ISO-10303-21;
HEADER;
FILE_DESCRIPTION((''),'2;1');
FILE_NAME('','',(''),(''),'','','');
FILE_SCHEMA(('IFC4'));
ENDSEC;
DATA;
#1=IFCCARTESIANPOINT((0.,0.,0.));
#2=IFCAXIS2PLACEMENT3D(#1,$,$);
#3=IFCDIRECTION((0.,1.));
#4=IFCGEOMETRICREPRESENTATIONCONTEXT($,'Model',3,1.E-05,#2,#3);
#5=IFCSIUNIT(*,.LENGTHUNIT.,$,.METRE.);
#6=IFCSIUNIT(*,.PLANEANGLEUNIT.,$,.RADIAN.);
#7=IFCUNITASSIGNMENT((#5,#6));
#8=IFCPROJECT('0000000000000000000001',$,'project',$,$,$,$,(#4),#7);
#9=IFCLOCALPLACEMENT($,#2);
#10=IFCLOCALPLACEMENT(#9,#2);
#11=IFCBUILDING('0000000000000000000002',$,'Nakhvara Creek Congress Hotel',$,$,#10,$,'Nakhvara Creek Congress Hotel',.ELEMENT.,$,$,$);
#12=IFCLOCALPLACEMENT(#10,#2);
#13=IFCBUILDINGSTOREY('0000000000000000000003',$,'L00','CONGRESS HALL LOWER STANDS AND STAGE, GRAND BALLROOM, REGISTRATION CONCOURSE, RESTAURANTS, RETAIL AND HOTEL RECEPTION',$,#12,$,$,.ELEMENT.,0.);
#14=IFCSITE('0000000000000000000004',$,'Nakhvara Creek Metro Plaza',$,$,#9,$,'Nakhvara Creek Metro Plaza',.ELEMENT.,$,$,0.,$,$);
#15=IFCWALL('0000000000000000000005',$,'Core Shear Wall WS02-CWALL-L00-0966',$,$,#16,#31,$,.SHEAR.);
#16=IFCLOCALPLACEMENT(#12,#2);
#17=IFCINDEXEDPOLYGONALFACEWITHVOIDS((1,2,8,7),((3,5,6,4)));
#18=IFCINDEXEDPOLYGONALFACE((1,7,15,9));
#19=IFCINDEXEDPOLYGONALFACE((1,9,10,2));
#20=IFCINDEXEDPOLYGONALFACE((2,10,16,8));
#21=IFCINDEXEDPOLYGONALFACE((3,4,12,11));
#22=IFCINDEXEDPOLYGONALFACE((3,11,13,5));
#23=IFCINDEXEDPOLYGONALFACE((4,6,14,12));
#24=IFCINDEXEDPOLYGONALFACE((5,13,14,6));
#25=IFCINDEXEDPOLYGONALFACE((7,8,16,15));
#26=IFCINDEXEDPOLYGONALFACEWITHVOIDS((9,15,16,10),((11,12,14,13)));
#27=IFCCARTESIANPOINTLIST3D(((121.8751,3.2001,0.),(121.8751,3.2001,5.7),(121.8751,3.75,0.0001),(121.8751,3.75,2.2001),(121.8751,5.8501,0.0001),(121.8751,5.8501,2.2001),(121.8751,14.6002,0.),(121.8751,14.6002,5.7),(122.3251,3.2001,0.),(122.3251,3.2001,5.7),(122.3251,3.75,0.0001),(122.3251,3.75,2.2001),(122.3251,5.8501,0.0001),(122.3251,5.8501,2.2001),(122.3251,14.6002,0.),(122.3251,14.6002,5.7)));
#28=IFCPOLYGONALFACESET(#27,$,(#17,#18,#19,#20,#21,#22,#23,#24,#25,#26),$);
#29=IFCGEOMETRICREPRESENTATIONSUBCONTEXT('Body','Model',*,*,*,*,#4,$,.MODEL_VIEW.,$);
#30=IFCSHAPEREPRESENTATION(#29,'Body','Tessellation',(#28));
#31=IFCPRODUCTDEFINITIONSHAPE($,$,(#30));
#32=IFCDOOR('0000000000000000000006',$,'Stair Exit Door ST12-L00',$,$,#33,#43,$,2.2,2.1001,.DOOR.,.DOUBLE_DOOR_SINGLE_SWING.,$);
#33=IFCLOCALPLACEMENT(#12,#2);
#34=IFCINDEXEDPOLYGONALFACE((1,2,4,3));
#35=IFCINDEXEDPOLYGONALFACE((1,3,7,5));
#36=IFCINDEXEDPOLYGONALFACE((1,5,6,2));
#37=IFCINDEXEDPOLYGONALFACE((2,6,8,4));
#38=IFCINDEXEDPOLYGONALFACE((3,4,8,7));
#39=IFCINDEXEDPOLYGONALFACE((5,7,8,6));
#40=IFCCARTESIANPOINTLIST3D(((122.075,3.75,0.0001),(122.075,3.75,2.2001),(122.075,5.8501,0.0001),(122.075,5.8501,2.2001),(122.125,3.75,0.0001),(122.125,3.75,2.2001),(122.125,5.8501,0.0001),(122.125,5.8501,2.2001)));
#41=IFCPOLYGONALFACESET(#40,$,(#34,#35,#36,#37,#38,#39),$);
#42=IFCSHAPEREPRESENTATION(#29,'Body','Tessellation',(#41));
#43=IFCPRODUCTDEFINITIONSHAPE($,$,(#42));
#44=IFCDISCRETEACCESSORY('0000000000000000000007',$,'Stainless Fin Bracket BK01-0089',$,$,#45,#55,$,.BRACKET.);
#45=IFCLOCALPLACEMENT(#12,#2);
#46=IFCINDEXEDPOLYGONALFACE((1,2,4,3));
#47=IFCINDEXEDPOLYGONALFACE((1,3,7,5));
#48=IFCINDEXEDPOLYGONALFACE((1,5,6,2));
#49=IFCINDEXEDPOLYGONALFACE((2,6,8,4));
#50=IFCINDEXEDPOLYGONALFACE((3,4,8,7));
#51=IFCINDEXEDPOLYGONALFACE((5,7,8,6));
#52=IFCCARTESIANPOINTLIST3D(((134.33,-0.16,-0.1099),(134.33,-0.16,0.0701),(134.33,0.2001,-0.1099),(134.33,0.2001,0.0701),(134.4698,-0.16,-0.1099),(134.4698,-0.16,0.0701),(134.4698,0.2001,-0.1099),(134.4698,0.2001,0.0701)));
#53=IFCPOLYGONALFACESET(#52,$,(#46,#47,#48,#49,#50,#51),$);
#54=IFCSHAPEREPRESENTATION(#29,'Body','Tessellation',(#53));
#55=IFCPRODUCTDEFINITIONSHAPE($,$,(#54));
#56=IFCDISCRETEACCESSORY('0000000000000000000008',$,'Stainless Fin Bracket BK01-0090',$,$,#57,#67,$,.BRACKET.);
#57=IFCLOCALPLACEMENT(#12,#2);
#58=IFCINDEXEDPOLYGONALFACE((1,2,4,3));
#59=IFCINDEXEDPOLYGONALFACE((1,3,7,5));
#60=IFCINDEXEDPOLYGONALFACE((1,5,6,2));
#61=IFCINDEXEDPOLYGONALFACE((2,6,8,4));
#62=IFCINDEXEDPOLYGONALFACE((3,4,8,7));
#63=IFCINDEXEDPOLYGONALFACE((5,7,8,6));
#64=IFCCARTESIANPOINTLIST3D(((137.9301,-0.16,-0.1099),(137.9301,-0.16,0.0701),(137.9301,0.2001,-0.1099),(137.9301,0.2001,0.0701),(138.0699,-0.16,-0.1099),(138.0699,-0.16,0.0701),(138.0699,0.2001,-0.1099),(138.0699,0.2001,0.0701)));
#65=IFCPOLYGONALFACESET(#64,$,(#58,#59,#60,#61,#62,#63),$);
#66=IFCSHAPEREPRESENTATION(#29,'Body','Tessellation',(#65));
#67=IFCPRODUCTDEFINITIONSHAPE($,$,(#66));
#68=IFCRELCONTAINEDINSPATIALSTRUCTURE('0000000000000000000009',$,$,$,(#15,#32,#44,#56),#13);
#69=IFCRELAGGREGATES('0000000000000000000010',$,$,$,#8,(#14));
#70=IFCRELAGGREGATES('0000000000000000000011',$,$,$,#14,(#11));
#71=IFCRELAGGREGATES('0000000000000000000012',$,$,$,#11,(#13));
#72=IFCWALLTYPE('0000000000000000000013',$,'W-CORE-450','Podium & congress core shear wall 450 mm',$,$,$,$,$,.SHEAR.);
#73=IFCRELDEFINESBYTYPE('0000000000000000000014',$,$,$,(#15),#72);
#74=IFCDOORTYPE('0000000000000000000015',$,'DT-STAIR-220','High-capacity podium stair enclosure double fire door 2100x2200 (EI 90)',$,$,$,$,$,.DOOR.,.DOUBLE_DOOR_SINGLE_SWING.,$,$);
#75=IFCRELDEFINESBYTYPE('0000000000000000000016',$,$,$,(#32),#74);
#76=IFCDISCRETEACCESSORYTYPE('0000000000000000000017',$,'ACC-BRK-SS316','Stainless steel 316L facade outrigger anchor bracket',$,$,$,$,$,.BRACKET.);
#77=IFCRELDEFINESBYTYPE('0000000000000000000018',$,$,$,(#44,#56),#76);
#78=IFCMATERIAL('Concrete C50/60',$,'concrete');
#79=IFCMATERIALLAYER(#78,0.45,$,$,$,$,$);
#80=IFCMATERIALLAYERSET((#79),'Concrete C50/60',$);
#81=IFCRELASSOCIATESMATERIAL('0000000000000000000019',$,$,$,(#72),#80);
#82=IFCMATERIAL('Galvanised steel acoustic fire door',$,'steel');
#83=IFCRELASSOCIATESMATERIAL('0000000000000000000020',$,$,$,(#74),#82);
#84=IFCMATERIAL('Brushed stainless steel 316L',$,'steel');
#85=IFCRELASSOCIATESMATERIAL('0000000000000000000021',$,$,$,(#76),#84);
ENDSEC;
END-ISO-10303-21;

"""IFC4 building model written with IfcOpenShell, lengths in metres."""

from ifc_helpers import new_model, si_unit, direction, frame, frame_2d, origin, origin_2d, place, context, subcontext, project, spatial, rectangle, extrude, material, layer, layer_set, type_object, element, fill, save


model = new_model("IFC4")

# Units and contexts
model_context = context("Model", 3, precision=1e-05, world=origin(), true_north=direction((0.0, 1.0)))
body_context = subcontext(model_context, "Body", "Model", "MODEL_VIEW")
ifc_project = project(units=[si_unit("LENGTHUNIT", "METRE"), si_unit("PLANEANGLEUNIT", "RADIAN")], contexts=[model_context])

# Site, building, storey
site_placement = place(None, origin())
site = spatial("IfcSite", under=ifc_project, at=site_placement, Name="Nakhvara Creek Metro Plaza", LongName="Nakhvara Creek Metro Plaza", CompositionType="ELEMENT", RefElevation=0.0)
building_placement = place(site_placement, origin())
building = spatial("IfcBuilding", under=site, at=building_placement, Name="Nakhvara Creek Congress Hotel", LongName="Nakhvara Creek Congress Hotel", CompositionType="ELEMENT")
storey_placement = place(building_placement, origin())
storey = spatial("IfcBuildingStorey", under=building, at=storey_placement, Name="L00", Description="CONGRESS HALL LOWER STANDS AND STAGE, GRAND BALLROOM, REGISTRATION CONCOURSE, RESTAURANTS, RETAIL AND HOTEL RECEPTION", CompositionType="ELEMENT", Elevation=0.0)

# Shared definitions
ifc_material_1 = material(Name="Concrete C50/60", Category="concrete")

# Wall, opening, door
ifc_layer_1 = layer(ifc_material_1, 0.45)
ifc_layer_set_1 = layer_set([ifc_layer_1], Name="Concrete C50/60")
wall_type_1 = type_object("IfcWallType", Name="W-CORE-450", Description="Podium & congress core shear wall 450 mm", PredefinedType="SHEAR", material=ifc_layer_set_1)
wall_1_placement = place(storey_placement, frame((122.1001, 3.2, 0.0), z_axis=(0.0, 0.0, 1.0), x_axis=(0.0, 1.0, 0.0)))
wall_1 = element("IfcWall", 1, at=wall_1_placement, inside=storey, type_object=wall_type_1, Name="Core Shear Wall WS02-CWALL-L00-0966", PredefinedType="SHEAR", context=body_context, shape_type="SweptSolid", body=[
    extrude(rectangle(XDim=11.4001, YDim=0.45, at=frame_2d((5.7002, 0.0))), origin(), (0.0, 0.0, 1.0), 5.7),
])
opening_1_placement = place(wall_1_placement, frame((0.55, 0.0, 0.0)))
opening_1 = element("IfcOpeningElement", 2, at=opening_1_placement, cuts=wall_1, PredefinedType="OPENING", context=body_context, shape_type="SweptSolid", body=[
    extrude(rectangle(XDim=2.1001, YDim=2.2, at=frame_2d((1.05, 1.1001))), frame((0.0, 0.2368, 0.0), z_axis=(0.0, -1.0, 0.0), x_axis=(1.0, 0.0, 0.0)), (0.0, 0.0, 1.0), 0.4739),
])
ifc_material_2 = material(Name="Galvanised steel acoustic fire door", Category="steel")
door_type_1 = type_object("IfcDoorType", Name="DT-STAIR-220", Description="High-capacity podium stair enclosure double fire door 2100x2200 (EI 90)", OperationType="DOUBLE_DOOR_SINGLE_SWING", PredefinedType="DOOR", material=ifc_material_2)
door_1_placement = place(opening_1_placement, frame((2.1001, 0.0, 0.0), z_axis=(0.0, 0.0, 1.0), x_axis=(-1.0, 0.0, 0.0)))
door_1 = element("IfcDoor", 3, at=door_1_placement, inside=storey, type_object=door_type_1, Name="Stair Exit Door ST12-L00", OperationType="DOUBLE_DOOR_SINGLE_SWING", OverallHeight=2.2, OverallWidth=2.1001, PredefinedType="DOOR", context=body_context, shape_type="SweptSolid", body=[
    extrude(rectangle(XDim=2.1001, YDim=2.2, at=frame_2d((1.05, 1.1001))), frame((0.0, 0.0249, 0.0), z_axis=(0.0, -1.0, 0.0), x_axis=(1.0, 0.0, 0.0)), (0.0, 0.0, 1.0), 0.05),
])
fill(opening_1, door_1)

# Discrete accessories
ifc_material_3 = material(Name="Brushed stainless steel 316L", Category="steel")
discrete_accessory_type = type_object("IfcDiscreteAccessoryType", Name="ACC-BRK-SS316", Description="Stainless steel 316L facade outrigger anchor bracket", PredefinedType="BRACKET", material=ifc_material_3)
for number, where, z_axis, x_axis, name in (
    (4, (134.3999, 0.02, -0.1099), (0.0, 0.0, 1.0), (1.0, 0.0, 0.0), "Stainless Fin Bracket BK01-0089"),
    (5, (138.0, 0.02, -0.1099), (0.0, 0.0, 1.0), (1.0, 0.0, 0.0), "Stainless Fin Bracket BK01-0090"),
):
    element("IfcDiscreteAccessory", number, at=place(storey_placement, frame(where, z_axis=z_axis, x_axis=x_axis)), inside=storey, type_object=discrete_accessory_type, Name=name, PredefinedType="BRACKET", context=body_context, shape_type="SweptSolid", body=[
        extrude(rectangle(XDim=0.1399, YDim=0.3601, at=origin_2d()), origin(), (0.0, 0.0, 1.0), 0.1799),
    ])

save(model, "model.ifc")
